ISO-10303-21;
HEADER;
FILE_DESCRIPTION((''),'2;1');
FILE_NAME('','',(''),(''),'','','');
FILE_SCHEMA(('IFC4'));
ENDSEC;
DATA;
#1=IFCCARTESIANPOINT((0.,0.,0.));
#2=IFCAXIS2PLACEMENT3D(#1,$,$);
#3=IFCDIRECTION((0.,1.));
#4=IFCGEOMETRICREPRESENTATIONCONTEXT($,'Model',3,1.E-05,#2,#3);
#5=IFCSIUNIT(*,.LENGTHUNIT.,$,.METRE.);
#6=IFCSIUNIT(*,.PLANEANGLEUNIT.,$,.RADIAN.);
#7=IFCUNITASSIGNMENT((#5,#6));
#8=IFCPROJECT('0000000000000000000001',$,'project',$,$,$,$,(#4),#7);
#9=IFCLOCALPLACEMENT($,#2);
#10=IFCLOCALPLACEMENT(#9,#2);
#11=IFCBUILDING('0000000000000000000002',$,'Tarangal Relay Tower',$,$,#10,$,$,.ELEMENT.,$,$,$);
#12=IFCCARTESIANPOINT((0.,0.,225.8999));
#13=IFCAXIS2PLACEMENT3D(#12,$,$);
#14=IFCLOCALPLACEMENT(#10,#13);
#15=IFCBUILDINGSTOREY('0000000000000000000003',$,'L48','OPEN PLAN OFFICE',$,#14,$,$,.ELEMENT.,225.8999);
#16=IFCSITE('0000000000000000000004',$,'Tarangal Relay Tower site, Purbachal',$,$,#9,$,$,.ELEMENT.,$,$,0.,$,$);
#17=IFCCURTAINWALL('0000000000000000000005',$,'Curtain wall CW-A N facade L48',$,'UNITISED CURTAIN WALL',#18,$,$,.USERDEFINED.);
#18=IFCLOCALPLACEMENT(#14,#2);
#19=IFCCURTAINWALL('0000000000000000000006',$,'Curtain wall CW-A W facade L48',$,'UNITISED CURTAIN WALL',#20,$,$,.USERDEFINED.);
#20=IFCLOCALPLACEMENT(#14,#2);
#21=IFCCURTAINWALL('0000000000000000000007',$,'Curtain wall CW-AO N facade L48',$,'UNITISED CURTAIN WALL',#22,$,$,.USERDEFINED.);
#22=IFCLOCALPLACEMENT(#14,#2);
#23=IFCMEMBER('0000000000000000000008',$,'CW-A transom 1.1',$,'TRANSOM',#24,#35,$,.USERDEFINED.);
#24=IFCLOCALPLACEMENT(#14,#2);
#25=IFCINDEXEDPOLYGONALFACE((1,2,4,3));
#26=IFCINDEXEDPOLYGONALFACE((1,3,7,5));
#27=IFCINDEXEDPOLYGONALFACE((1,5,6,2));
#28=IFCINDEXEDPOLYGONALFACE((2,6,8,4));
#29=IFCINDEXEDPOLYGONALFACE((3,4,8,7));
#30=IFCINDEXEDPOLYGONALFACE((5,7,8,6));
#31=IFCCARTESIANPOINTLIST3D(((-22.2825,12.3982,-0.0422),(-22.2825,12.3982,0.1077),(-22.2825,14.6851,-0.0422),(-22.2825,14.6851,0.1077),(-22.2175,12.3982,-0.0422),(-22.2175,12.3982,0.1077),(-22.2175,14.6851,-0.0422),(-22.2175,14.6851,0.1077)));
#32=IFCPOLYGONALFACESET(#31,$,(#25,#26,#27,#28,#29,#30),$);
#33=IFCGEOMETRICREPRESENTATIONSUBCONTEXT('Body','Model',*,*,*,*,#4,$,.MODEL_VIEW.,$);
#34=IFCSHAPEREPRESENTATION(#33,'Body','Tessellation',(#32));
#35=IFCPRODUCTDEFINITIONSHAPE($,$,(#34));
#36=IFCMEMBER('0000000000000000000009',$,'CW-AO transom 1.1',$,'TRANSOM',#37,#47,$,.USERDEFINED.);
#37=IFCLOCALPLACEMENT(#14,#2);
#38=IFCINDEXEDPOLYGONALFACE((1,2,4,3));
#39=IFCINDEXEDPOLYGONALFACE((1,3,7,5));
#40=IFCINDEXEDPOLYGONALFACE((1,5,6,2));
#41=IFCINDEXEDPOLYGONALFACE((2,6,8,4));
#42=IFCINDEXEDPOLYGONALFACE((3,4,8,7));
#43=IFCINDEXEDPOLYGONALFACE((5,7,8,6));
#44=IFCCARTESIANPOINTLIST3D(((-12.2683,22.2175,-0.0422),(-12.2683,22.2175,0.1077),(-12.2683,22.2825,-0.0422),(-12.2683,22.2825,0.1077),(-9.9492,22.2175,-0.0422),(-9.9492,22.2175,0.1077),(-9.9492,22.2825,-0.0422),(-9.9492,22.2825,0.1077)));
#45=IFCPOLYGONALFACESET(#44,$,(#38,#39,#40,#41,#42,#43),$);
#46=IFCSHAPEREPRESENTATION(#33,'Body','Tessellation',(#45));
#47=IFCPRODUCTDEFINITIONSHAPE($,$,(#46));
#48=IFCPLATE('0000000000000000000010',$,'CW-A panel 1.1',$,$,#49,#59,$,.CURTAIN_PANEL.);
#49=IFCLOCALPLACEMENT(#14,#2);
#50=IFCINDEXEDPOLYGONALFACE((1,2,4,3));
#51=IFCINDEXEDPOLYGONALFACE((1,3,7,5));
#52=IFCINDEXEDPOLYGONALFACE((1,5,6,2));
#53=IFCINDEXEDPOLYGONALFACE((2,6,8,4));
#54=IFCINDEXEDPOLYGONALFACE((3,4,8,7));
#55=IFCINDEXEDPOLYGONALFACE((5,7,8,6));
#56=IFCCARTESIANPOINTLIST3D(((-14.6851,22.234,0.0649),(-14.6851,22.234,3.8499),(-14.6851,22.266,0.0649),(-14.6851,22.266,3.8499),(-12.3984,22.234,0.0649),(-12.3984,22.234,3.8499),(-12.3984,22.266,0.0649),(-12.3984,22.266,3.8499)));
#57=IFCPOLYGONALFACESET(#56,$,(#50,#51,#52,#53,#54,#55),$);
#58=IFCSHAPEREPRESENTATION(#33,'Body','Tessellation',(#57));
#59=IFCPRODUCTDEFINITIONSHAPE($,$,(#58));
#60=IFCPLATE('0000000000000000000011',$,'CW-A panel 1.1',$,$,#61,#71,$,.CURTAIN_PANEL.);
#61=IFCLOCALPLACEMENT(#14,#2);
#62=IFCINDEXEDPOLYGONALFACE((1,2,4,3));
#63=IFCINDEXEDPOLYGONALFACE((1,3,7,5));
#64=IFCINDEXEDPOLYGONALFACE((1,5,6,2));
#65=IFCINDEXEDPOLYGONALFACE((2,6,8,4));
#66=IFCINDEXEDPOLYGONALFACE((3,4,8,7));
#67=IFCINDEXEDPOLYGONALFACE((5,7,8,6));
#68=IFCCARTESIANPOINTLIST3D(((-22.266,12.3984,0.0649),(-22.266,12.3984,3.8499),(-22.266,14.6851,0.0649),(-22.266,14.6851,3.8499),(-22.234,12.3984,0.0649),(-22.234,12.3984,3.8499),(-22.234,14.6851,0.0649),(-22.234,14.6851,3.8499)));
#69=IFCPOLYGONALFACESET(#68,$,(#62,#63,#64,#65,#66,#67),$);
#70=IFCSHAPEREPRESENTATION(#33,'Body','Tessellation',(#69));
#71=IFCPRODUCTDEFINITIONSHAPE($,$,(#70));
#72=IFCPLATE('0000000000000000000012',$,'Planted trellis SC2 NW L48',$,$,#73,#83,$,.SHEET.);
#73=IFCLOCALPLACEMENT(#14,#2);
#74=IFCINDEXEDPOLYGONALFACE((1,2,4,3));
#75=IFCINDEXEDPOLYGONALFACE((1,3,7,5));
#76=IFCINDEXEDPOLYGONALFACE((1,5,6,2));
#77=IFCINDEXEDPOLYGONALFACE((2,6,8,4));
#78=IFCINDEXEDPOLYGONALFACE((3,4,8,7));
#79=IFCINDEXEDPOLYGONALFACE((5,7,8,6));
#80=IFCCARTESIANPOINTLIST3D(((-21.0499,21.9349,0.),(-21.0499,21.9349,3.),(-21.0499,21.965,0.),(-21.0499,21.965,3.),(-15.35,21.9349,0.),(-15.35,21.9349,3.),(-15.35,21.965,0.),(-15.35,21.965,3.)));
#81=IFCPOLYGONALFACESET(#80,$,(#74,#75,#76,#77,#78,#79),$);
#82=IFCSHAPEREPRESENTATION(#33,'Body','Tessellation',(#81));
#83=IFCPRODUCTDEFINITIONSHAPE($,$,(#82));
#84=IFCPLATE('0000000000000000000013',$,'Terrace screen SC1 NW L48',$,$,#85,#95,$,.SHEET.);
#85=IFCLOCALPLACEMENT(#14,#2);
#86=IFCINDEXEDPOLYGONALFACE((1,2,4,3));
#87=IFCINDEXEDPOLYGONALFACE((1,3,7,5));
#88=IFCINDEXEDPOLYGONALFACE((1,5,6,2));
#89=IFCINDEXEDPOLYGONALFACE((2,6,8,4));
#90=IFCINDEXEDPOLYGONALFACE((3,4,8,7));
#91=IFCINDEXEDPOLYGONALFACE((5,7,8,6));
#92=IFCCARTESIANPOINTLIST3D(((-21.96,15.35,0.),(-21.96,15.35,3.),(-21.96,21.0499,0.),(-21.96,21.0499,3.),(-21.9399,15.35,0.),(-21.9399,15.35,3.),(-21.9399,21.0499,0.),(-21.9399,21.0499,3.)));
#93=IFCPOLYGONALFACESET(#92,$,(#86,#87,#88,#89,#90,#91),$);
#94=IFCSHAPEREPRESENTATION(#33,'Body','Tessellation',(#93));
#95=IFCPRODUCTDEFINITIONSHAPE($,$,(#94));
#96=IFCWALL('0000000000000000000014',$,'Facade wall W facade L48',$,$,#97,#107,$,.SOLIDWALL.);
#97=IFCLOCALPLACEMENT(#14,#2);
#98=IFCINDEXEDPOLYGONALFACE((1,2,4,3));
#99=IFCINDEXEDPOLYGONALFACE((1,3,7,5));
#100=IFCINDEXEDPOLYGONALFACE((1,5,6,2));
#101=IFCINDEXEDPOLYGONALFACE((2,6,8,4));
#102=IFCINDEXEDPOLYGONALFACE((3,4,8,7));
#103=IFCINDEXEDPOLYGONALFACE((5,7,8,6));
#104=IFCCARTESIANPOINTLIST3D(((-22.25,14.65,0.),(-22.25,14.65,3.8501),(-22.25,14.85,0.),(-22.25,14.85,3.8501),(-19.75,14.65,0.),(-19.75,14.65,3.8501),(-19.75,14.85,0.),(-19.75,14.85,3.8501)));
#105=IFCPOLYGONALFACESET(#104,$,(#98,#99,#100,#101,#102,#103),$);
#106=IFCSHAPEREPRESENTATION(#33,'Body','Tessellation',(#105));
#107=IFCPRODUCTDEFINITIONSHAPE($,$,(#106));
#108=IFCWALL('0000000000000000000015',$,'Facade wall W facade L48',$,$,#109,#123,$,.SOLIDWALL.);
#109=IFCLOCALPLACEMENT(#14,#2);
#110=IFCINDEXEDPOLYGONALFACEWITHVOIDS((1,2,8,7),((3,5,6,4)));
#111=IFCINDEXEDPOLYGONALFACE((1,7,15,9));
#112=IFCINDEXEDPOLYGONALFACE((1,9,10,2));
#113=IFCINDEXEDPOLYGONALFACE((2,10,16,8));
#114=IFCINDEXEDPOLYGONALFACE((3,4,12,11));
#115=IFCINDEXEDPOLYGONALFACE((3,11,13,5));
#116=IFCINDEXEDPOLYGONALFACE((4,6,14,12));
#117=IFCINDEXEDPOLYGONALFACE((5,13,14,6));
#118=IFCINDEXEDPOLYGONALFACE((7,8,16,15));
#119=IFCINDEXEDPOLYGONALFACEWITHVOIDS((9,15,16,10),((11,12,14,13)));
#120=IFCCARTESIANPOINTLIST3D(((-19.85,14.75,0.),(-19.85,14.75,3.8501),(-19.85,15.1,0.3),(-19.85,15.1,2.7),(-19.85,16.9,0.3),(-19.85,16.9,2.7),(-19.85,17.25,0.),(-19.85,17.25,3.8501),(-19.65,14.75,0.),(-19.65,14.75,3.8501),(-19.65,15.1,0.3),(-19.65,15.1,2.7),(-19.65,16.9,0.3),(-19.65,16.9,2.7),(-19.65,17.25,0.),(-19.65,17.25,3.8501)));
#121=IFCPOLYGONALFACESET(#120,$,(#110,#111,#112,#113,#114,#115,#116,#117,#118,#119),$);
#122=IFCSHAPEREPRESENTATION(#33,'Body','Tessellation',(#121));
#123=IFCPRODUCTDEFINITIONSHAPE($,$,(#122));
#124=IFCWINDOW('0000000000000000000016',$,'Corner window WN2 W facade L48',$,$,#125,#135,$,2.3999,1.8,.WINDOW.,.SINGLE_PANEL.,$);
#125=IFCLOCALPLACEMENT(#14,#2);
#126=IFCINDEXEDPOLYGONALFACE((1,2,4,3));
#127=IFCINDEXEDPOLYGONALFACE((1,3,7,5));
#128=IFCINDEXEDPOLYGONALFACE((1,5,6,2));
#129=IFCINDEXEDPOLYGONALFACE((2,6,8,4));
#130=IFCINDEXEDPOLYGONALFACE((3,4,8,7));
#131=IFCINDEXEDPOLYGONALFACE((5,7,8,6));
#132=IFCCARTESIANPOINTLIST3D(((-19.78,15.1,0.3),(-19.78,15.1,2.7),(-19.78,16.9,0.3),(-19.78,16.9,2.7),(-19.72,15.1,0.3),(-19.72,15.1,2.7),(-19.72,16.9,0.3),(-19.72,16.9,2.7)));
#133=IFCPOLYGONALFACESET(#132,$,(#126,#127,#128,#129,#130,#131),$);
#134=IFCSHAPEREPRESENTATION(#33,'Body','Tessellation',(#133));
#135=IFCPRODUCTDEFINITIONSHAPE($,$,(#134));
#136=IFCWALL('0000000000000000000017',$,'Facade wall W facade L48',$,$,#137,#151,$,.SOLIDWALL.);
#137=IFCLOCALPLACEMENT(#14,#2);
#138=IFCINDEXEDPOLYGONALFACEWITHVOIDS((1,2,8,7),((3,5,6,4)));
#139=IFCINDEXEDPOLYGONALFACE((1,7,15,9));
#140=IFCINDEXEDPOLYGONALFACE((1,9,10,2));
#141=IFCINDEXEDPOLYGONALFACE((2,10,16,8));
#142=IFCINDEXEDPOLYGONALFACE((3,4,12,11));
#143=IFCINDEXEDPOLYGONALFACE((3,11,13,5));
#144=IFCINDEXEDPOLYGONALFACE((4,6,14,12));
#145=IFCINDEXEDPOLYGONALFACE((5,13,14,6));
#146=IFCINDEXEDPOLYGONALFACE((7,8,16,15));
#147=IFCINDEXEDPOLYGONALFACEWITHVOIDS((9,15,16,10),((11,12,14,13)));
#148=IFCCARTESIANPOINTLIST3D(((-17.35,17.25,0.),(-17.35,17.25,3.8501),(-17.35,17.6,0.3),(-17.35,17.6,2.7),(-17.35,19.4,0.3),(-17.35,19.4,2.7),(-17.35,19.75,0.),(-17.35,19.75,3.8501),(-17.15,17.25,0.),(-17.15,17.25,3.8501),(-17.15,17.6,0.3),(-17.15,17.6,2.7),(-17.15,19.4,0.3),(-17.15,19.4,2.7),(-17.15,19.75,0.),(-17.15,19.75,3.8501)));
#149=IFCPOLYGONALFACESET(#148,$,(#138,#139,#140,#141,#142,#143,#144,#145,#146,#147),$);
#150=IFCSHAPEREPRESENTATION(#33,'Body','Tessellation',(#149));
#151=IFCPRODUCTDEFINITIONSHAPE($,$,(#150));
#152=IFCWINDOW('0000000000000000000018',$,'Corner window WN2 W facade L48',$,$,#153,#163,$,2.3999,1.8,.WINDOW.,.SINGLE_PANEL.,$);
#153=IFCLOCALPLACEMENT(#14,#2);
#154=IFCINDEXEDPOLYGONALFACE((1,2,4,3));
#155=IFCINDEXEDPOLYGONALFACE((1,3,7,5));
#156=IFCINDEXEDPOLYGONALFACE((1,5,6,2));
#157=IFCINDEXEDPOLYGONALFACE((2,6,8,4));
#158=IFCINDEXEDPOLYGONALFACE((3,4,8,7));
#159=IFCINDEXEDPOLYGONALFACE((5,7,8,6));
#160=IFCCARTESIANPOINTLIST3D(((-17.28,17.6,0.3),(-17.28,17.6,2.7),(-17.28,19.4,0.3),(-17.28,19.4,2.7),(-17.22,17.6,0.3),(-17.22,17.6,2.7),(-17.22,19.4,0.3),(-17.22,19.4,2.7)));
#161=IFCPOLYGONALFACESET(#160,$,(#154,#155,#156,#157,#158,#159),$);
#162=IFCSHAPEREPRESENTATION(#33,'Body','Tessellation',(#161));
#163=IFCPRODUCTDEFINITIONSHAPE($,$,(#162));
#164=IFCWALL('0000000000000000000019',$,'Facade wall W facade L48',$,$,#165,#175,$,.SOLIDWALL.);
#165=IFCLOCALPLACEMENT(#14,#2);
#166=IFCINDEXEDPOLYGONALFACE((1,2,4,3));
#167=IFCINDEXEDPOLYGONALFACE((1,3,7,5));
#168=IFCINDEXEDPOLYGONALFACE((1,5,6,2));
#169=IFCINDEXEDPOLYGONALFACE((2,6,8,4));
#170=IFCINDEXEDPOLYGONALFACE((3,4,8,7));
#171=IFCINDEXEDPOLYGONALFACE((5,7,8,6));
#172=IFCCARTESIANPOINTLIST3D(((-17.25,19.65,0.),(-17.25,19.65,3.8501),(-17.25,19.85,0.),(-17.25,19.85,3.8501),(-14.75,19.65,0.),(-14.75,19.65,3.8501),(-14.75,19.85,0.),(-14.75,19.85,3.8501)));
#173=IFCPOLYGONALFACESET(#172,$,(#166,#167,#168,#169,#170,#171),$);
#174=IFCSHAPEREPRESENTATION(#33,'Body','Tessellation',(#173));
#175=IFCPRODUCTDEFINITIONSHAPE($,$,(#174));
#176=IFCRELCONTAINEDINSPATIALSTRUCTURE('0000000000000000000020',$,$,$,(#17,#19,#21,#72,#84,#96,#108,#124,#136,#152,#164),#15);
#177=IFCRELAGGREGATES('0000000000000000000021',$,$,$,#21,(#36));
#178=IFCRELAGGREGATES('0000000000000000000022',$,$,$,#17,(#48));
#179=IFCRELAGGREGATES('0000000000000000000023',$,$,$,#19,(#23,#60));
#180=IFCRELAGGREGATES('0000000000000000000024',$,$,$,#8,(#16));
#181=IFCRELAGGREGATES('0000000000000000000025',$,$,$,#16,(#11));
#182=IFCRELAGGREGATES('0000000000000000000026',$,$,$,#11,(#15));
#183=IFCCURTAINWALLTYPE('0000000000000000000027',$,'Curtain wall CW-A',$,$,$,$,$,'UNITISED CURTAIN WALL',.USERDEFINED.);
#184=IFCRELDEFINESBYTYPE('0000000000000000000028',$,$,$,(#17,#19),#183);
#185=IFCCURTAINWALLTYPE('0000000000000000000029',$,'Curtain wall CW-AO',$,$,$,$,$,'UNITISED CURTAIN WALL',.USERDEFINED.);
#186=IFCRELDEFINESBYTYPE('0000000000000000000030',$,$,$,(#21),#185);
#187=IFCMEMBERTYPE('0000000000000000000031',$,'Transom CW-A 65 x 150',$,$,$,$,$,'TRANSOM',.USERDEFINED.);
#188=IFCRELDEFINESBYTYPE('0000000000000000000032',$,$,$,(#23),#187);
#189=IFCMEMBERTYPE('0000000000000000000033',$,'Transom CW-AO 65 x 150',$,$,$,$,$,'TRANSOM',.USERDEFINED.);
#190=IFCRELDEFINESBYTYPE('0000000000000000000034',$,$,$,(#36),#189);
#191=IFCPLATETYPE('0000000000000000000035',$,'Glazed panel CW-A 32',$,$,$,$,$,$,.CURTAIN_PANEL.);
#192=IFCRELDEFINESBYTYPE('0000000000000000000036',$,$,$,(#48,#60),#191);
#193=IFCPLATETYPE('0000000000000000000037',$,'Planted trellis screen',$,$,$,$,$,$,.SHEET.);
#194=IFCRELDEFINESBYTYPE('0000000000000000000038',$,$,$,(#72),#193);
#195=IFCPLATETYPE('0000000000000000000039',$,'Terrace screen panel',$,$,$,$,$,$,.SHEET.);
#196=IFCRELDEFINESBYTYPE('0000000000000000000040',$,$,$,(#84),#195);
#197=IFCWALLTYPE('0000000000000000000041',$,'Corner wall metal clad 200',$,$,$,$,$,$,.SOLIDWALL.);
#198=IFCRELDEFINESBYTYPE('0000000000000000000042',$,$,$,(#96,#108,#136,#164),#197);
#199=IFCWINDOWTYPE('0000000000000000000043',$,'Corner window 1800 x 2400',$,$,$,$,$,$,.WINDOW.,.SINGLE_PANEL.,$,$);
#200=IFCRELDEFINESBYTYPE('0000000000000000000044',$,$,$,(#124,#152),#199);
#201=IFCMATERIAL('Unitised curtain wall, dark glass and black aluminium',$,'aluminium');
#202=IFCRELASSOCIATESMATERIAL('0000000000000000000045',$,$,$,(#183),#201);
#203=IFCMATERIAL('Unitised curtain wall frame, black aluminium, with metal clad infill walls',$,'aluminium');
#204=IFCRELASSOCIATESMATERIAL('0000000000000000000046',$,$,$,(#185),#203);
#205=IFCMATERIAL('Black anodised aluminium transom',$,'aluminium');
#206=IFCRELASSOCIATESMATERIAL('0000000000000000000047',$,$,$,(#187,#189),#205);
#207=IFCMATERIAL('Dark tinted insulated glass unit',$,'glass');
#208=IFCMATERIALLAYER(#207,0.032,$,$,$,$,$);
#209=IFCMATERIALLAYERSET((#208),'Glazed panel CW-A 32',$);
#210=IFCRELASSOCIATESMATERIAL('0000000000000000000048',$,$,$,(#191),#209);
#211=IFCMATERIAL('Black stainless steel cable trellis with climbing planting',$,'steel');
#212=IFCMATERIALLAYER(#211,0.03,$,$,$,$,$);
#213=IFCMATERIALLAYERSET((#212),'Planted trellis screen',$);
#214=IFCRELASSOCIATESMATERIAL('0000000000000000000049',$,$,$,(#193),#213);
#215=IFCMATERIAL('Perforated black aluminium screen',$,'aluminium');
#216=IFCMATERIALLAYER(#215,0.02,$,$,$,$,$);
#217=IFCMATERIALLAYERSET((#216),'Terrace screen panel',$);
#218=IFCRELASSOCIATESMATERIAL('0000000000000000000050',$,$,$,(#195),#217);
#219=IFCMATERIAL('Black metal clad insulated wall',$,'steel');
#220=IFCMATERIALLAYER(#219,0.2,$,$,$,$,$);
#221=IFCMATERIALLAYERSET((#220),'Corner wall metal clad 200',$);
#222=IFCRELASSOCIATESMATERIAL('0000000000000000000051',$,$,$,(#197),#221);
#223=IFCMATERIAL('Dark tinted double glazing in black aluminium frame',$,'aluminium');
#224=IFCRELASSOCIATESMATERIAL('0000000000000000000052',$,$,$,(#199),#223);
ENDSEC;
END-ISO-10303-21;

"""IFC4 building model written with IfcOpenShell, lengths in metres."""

from ifc_helpers import new_model, si_unit, direction, frame, frame_2d, origin, origin_2d, place, context, subcontext, project, spatial, rectangle, extrude, material, layer, layer_set, material_profile, profile_set, type_object, element, fill, aggregate, save


model = new_model("IFC4")

# Units and contexts
model_context = context("Model", 3, precision=1e-05, world=origin(), true_north=direction((0.0, 1.0)))
body_context = subcontext(model_context, "Body", "Model", "MODEL_VIEW")
ifc_project = project(units=[si_unit("LENGTHUNIT", "METRE"), si_unit("PLANEANGLEUNIT", "RADIAN")], contexts=[model_context])

# Site, building, storey
site_placement = place(None, origin())
site = spatial("IfcSite", under=ifc_project, at=site_placement, Name="Tarangal Relay Tower site, Purbachal", CompositionType="ELEMENT", RefElevation=0.0)
building_placement = place(site_placement, origin())
building = spatial("IfcBuilding", under=site, at=building_placement, Name="Tarangal Relay Tower", CompositionType="ELEMENT")
storey_placement = place(building_placement, frame((0.0, 0.0, 225.8999)))
storey = spatial("IfcBuildingStorey", under=building, at=storey_placement, Name="L48", Description="OPEN PLAN OFFICE", CompositionType="ELEMENT", Elevation=225.8999)

# Curtain walls
ifc_material_1 = material(Name="Unitised curtain wall, dark glass and black aluminium", Category="aluminium")
curtain_wall_type_1 = type_object("IfcCurtainWallType", Name="Curtain wall CW-A", ElementType="UNITISED CURTAIN WALL", PredefinedType="USERDEFINED", material=ifc_material_1)
curtain_wall_1_placement = place(storey_placement, origin())
curtain_wall_1 = element("IfcCurtainWall", 1, at=curtain_wall_1_placement, inside=storey, type_object=curtain_wall_type_1, Name="Curtain wall CW-A N facade L48", ObjectType="UNITISED CURTAIN WALL", PredefinedType="USERDEFINED")
curtain_wall_2_placement = place(storey_placement, origin())
curtain_wall_2 = element("IfcCurtainWall", 2, at=curtain_wall_2_placement, inside=storey, type_object=curtain_wall_type_1, Name="Curtain wall CW-A W facade L48", ObjectType="UNITISED CURTAIN WALL", PredefinedType="USERDEFINED")

# Curtain wall
ifc_material_2 = material(Name="Unitised curtain wall frame, black aluminium, with metal clad infill walls", Category="aluminium")
curtain_wall_type_2 = type_object("IfcCurtainWallType", Name="Curtain wall CW-AO", ElementType="UNITISED CURTAIN WALL", PredefinedType="USERDEFINED", material=ifc_material_2)
curtain_wall_3_placement = place(storey_placement, origin())
curtain_wall_3 = element("IfcCurtainWall", 3, at=curtain_wall_3_placement, inside=storey, type_object=curtain_wall_type_2, Name="Curtain wall CW-AO N facade L48", ObjectType="UNITISED CURTAIN WALL", PredefinedType="USERDEFINED")

# Members
ifc_material_3 = material(Name="Black anodised aluminium transom", Category="aluminium")
ifc_material_profile_1 = material_profile(ifc_material_3, rectangle(XDim=0.0649, YDim=0.1499, at=origin_2d()), Name="CW-AT 65X150")
ifc_profile_set_1 = profile_set([ifc_material_profile_1], Name="Black anodised aluminium transom")
member_type_1 = type_object("IfcMemberType", Name="Transom CW-A 65 x 150", ElementType="TRANSOM", PredefinedType="USERDEFINED", material=ifc_profile_set_1)
member_1_placement = place(storey_placement, frame((-22.25, 12.3982, 0.0327), z_axis=(0.0, 1.0, 0.0), x_axis=(-1.0, 0.0, 0.0)))
member_1 = element("IfcMember", 4, at=member_1_placement, type_object=member_type_1, Name="CW-A transom 1.1", ObjectType="TRANSOM", PredefinedType="USERDEFINED", context=body_context, shape_type="SweptSolid", body=[
    extrude(rectangle(XDim=0.0649, YDim=0.1499, at=origin_2d()), origin(), (0.0, 0.0, 1.0), 2.2869),
])
ifc_material_profile_2 = material_profile(ifc_material_3, rectangle(XDim=0.0649, YDim=0.1499, at=origin_2d()), Name="CW-AOT 65X150")
ifc_profile_set_2 = profile_set([ifc_material_profile_2], Name="Black anodised aluminium transom")
member_type_2 = type_object("IfcMemberType", Name="Transom CW-AO 65 x 150", ElementType="TRANSOM", PredefinedType="USERDEFINED", material=ifc_profile_set_2)
member_2_placement = place(storey_placement, frame((-12.2683, 22.25, 0.0327), z_axis=(1.0, 0.0, 0.0), x_axis=(0.0, 1.0, 0.0)))
member_2 = element("IfcMember", 5, at=member_2_placement, type_object=member_type_2, Name="CW-AO transom 1.1", ObjectType="TRANSOM", PredefinedType="USERDEFINED", context=body_context, shape_type="SweptSolid", body=[
    extrude(rectangle(XDim=0.0649, YDim=0.1499, at=origin_2d()), origin(), (0.0, 0.0, 1.0), 2.3191),
])
aggregate(curtain_wall_3, [member_2])

# Plates
ifc_material_4 = material(Name="Dark tinted insulated glass unit", Category="glass")
ifc_layer_1 = layer(ifc_material_4, 0.032)
ifc_layer_set_1 = layer_set([ifc_layer_1], Name="Glazed panel CW-A 32")
plate_type_1 = type_object("IfcPlateType", Name="Glazed panel CW-A 32", PredefinedType="CURTAIN_PANEL", material=ifc_layer_set_1)
plate_1_placement = place(storey_placement, frame((-13.5417, 22.25, 0.0649), z_axis=(0.0, 0.0, 1.0), x_axis=(1.0, 0.0, 0.0)))
plate_1 = element("IfcPlate", 6, at=plate_1_placement, type_object=plate_type_1, Name="CW-A panel 1.1", PredefinedType="CURTAIN_PANEL", context=body_context, shape_type="SweptSolid", body=[
    extrude(rectangle(XDim=2.2866, YDim=0.032, at=origin_2d()), origin(), (0.0, 0.0, 1.0), 3.7849),
])
aggregate(curtain_wall_1, [plate_1])
plate_2_placement = place(storey_placement, frame((-22.25, 13.5417, 0.0649), z_axis=(0.0, 0.0, 1.0), x_axis=(0.0, 1.0, 0.0)))
plate_2 = element("IfcPlate", 7, at=plate_2_placement, type_object=plate_type_1, Name="CW-A panel 1.1", PredefinedType="CURTAIN_PANEL", context=body_context, shape_type="SweptSolid", body=[
    extrude(rectangle(XDim=2.2866, YDim=0.032, at=origin_2d()), origin(), (0.0, 0.0, 1.0), 3.7849),
])
aggregate(curtain_wall_2, [member_1, plate_2])

# Plates
ifc_material_5 = material(Name="Black stainless steel cable trellis with climbing planting", Category="steel")
ifc_layer_2 = layer(ifc_material_5, 0.03)
ifc_layer_set_2 = layer_set([ifc_layer_2], Name="Planted trellis screen")
plate_type_2 = type_object("IfcPlateType", Name="Planted trellis screen", PredefinedType="SHEET", material=ifc_layer_set_2)
plate_3_placement = place(storey_placement, frame((-18.2, 21.95, 0.0), z_axis=(0.0, 0.0, 1.0), x_axis=(1.0, 0.0, 0.0)))
element("IfcPlate", 8, at=plate_3_placement, inside=storey, type_object=plate_type_2, Name="Planted trellis SC2 NW L48", PredefinedType="SHEET", context=body_context, shape_type="SweptSolid", body=[
    extrude(rectangle(XDim=5.7, YDim=0.03, at=origin_2d()), origin(), (0.0, 0.0, 1.0), 3.0),
])
ifc_material_6 = material(Name="Perforated black aluminium screen", Category="aluminium")
ifc_layer_3 = layer(ifc_material_6, 0.02)
ifc_layer_set_3 = layer_set([ifc_layer_3], Name="Terrace screen panel")
plate_type_3 = type_object("IfcPlateType", Name="Terrace screen panel", PredefinedType="SHEET", material=ifc_layer_set_3)
plate_4_placement = place(storey_placement, frame((-21.95, 18.2, 0.0), z_axis=(0.0, 0.0, 1.0), x_axis=(0.0, 1.0, 0.0)))
element("IfcPlate", 9, at=plate_4_placement, inside=storey, type_object=plate_type_3, Name="Terrace screen SC1 NW L48", PredefinedType="SHEET", context=body_context, shape_type="SweptSolid", body=[
    extrude(rectangle(XDim=5.7, YDim=0.02, at=origin_2d()), origin(), (0.0, 0.0, 1.0), 3.0),
])

# Wall
ifc_material_7 = material(Name="Black metal clad insulated wall", Category="steel")
ifc_layer_4 = layer(ifc_material_7, 0.2)
ifc_layer_set_4 = layer_set([ifc_layer_4], Name="Corner wall metal clad 200")
wall_type_1 = type_object("IfcWallType", Name="Corner wall metal clad 200", PredefinedType="SOLIDWALL", material=ifc_layer_set_4)
wall_1_placement = place(storey_placement, frame((-22.25, 14.75, 0.0), z_axis=(0.0, 0.0, 1.0), x_axis=(1.0, 0.0, 0.0)))
element("IfcWall", 10, at=wall_1_placement, inside=storey, type_object=wall_type_1, Name="Facade wall W facade L48", PredefinedType="SOLIDWALL", context=body_context, shape_type="SweptSolid", body=[
    extrude(rectangle(XDim=2.5, YDim=0.2, at=frame_2d((1.25, 0.0))), origin(), (0.0, 0.0, 1.0), 3.8501),
])

# Wall, opening, window
wall_2_placement = place(storey_placement, frame((-19.75, 14.75, 0.0), z_axis=(0.0, 0.0, 1.0), x_axis=(0.0, 1.0, 0.0)))
wall_2 = element("IfcWall", 11, at=wall_2_placement, inside=storey, type_object=wall_type_1, Name="Facade wall W facade L48", PredefinedType="SOLIDWALL", context=body_context, shape_type="SweptSolid", body=[
    extrude(rectangle(XDim=2.5, YDim=0.2, at=frame_2d((1.25, 0.0))), origin(), (0.0, 0.0, 1.0), 3.8501),
])
opening_1_placement = place(wall_2_placement, frame((0.3501, 0.0, 0.3)))
opening_1 = element("IfcOpeningElement", 12, at=opening_1_placement, cuts=wall_2, PredefinedType="OPENING", context=body_context, shape_type="SweptSolid", body=[
    extrude(rectangle(XDim=1.8, YDim=2.3999, at=frame_2d((0.8999, 1.2))), frame((0.0, 0.1099, 0.0), z_axis=(0.0, -1.0, 0.0), x_axis=(1.0, 0.0, 0.0)), (0.0, 0.0, 1.0), 0.22),
])
ifc_material_8 = material(Name="Dark tinted double glazing in black aluminium frame", Category="aluminium")
window_type = type_object("IfcWindowType", Name="Corner window 1800 x 2400", PartitioningType="SINGLE_PANEL", PredefinedType="WINDOW", material=ifc_material_8)
window_1_placement = place(opening_1_placement, origin())
window_1 = element("IfcWindow", 13, at=window_1_placement, inside=storey, type_object=window_type, Name="Corner window WN2 W facade L48", OverallHeight=2.3999, OverallWidth=1.8, PartitioningType="SINGLE_PANEL", PredefinedType="WINDOW", context=body_context, shape_type="SweptSolid", body=[
    extrude(rectangle(XDim=1.8, YDim=2.3999, at=frame_2d((0.8999, 1.2))), frame((0.0, 0.03, 0.0), z_axis=(0.0, -1.0, 0.0), x_axis=(1.0, 0.0, 0.0)), (0.0, 0.0, 1.0), 0.0601),
])
fill(opening_1, window_1)

# Wall, opening, window
wall_3_placement = place(storey_placement, frame((-17.25, 17.25, 0.0), z_axis=(0.0, 0.0, 1.0), x_axis=(0.0, 1.0, 0.0)))
wall_3 = element("IfcWall", 14, at=wall_3_placement, inside=storey, type_object=wall_type_1, Name="Facade wall W facade L48", PredefinedType="SOLIDWALL", context=body_context, shape_type="SweptSolid", body=[
    extrude(rectangle(XDim=2.5, YDim=0.2, at=frame_2d((1.25, 0.0))), origin(), (0.0, 0.0, 1.0), 3.8501),
])
opening_2_placement = place(wall_3_placement, frame((0.3501, 0.0, 0.3)))
opening_2 = element("IfcOpeningElement", 15, at=opening_2_placement, cuts=wall_3, PredefinedType="OPENING", context=body_context, shape_type="SweptSolid", body=[
    extrude(rectangle(XDim=1.8, YDim=2.3999, at=frame_2d((0.8999, 1.2))), frame((0.0, 0.1099, 0.0), z_axis=(0.0, -1.0, 0.0), x_axis=(1.0, 0.0, 0.0)), (0.0, 0.0, 1.0), 0.22),
])
window_2_placement = place(opening_2_placement, origin())
window_2 = element("IfcWindow", 16, at=window_2_placement, inside=storey, type_object=window_type, Name="Corner window WN2 W facade L48", OverallHeight=2.3999, OverallWidth=1.8, PartitioningType="SINGLE_PANEL", PredefinedType="WINDOW", context=body_context, shape_type="SweptSolid", body=[
    extrude(rectangle(XDim=1.8, YDim=2.3999, at=frame_2d((0.8999, 1.2))), frame((0.0, 0.03, 0.0), z_axis=(0.0, -1.0, 0.0), x_axis=(1.0, 0.0, 0.0)), (0.0, 0.0, 1.0), 0.0601),
])
fill(opening_2, window_2)

# Wall
wall_4_placement = place(storey_placement, frame((-17.25, 19.75, 0.0), z_axis=(0.0, 0.0, 1.0), x_axis=(1.0, 0.0, 0.0)))
element("IfcWall", 17, at=wall_4_placement, inside=storey, type_object=wall_type_1, Name="Facade wall W facade L48", PredefinedType="SOLIDWALL", context=body_context, shape_type="SweptSolid", body=[
    extrude(rectangle(XDim=2.5, YDim=0.2, at=frame_2d((1.25, 0.0))), origin(), (0.0, 0.0, 1.0), 3.8501),
])

save(model, "model.ifc")
